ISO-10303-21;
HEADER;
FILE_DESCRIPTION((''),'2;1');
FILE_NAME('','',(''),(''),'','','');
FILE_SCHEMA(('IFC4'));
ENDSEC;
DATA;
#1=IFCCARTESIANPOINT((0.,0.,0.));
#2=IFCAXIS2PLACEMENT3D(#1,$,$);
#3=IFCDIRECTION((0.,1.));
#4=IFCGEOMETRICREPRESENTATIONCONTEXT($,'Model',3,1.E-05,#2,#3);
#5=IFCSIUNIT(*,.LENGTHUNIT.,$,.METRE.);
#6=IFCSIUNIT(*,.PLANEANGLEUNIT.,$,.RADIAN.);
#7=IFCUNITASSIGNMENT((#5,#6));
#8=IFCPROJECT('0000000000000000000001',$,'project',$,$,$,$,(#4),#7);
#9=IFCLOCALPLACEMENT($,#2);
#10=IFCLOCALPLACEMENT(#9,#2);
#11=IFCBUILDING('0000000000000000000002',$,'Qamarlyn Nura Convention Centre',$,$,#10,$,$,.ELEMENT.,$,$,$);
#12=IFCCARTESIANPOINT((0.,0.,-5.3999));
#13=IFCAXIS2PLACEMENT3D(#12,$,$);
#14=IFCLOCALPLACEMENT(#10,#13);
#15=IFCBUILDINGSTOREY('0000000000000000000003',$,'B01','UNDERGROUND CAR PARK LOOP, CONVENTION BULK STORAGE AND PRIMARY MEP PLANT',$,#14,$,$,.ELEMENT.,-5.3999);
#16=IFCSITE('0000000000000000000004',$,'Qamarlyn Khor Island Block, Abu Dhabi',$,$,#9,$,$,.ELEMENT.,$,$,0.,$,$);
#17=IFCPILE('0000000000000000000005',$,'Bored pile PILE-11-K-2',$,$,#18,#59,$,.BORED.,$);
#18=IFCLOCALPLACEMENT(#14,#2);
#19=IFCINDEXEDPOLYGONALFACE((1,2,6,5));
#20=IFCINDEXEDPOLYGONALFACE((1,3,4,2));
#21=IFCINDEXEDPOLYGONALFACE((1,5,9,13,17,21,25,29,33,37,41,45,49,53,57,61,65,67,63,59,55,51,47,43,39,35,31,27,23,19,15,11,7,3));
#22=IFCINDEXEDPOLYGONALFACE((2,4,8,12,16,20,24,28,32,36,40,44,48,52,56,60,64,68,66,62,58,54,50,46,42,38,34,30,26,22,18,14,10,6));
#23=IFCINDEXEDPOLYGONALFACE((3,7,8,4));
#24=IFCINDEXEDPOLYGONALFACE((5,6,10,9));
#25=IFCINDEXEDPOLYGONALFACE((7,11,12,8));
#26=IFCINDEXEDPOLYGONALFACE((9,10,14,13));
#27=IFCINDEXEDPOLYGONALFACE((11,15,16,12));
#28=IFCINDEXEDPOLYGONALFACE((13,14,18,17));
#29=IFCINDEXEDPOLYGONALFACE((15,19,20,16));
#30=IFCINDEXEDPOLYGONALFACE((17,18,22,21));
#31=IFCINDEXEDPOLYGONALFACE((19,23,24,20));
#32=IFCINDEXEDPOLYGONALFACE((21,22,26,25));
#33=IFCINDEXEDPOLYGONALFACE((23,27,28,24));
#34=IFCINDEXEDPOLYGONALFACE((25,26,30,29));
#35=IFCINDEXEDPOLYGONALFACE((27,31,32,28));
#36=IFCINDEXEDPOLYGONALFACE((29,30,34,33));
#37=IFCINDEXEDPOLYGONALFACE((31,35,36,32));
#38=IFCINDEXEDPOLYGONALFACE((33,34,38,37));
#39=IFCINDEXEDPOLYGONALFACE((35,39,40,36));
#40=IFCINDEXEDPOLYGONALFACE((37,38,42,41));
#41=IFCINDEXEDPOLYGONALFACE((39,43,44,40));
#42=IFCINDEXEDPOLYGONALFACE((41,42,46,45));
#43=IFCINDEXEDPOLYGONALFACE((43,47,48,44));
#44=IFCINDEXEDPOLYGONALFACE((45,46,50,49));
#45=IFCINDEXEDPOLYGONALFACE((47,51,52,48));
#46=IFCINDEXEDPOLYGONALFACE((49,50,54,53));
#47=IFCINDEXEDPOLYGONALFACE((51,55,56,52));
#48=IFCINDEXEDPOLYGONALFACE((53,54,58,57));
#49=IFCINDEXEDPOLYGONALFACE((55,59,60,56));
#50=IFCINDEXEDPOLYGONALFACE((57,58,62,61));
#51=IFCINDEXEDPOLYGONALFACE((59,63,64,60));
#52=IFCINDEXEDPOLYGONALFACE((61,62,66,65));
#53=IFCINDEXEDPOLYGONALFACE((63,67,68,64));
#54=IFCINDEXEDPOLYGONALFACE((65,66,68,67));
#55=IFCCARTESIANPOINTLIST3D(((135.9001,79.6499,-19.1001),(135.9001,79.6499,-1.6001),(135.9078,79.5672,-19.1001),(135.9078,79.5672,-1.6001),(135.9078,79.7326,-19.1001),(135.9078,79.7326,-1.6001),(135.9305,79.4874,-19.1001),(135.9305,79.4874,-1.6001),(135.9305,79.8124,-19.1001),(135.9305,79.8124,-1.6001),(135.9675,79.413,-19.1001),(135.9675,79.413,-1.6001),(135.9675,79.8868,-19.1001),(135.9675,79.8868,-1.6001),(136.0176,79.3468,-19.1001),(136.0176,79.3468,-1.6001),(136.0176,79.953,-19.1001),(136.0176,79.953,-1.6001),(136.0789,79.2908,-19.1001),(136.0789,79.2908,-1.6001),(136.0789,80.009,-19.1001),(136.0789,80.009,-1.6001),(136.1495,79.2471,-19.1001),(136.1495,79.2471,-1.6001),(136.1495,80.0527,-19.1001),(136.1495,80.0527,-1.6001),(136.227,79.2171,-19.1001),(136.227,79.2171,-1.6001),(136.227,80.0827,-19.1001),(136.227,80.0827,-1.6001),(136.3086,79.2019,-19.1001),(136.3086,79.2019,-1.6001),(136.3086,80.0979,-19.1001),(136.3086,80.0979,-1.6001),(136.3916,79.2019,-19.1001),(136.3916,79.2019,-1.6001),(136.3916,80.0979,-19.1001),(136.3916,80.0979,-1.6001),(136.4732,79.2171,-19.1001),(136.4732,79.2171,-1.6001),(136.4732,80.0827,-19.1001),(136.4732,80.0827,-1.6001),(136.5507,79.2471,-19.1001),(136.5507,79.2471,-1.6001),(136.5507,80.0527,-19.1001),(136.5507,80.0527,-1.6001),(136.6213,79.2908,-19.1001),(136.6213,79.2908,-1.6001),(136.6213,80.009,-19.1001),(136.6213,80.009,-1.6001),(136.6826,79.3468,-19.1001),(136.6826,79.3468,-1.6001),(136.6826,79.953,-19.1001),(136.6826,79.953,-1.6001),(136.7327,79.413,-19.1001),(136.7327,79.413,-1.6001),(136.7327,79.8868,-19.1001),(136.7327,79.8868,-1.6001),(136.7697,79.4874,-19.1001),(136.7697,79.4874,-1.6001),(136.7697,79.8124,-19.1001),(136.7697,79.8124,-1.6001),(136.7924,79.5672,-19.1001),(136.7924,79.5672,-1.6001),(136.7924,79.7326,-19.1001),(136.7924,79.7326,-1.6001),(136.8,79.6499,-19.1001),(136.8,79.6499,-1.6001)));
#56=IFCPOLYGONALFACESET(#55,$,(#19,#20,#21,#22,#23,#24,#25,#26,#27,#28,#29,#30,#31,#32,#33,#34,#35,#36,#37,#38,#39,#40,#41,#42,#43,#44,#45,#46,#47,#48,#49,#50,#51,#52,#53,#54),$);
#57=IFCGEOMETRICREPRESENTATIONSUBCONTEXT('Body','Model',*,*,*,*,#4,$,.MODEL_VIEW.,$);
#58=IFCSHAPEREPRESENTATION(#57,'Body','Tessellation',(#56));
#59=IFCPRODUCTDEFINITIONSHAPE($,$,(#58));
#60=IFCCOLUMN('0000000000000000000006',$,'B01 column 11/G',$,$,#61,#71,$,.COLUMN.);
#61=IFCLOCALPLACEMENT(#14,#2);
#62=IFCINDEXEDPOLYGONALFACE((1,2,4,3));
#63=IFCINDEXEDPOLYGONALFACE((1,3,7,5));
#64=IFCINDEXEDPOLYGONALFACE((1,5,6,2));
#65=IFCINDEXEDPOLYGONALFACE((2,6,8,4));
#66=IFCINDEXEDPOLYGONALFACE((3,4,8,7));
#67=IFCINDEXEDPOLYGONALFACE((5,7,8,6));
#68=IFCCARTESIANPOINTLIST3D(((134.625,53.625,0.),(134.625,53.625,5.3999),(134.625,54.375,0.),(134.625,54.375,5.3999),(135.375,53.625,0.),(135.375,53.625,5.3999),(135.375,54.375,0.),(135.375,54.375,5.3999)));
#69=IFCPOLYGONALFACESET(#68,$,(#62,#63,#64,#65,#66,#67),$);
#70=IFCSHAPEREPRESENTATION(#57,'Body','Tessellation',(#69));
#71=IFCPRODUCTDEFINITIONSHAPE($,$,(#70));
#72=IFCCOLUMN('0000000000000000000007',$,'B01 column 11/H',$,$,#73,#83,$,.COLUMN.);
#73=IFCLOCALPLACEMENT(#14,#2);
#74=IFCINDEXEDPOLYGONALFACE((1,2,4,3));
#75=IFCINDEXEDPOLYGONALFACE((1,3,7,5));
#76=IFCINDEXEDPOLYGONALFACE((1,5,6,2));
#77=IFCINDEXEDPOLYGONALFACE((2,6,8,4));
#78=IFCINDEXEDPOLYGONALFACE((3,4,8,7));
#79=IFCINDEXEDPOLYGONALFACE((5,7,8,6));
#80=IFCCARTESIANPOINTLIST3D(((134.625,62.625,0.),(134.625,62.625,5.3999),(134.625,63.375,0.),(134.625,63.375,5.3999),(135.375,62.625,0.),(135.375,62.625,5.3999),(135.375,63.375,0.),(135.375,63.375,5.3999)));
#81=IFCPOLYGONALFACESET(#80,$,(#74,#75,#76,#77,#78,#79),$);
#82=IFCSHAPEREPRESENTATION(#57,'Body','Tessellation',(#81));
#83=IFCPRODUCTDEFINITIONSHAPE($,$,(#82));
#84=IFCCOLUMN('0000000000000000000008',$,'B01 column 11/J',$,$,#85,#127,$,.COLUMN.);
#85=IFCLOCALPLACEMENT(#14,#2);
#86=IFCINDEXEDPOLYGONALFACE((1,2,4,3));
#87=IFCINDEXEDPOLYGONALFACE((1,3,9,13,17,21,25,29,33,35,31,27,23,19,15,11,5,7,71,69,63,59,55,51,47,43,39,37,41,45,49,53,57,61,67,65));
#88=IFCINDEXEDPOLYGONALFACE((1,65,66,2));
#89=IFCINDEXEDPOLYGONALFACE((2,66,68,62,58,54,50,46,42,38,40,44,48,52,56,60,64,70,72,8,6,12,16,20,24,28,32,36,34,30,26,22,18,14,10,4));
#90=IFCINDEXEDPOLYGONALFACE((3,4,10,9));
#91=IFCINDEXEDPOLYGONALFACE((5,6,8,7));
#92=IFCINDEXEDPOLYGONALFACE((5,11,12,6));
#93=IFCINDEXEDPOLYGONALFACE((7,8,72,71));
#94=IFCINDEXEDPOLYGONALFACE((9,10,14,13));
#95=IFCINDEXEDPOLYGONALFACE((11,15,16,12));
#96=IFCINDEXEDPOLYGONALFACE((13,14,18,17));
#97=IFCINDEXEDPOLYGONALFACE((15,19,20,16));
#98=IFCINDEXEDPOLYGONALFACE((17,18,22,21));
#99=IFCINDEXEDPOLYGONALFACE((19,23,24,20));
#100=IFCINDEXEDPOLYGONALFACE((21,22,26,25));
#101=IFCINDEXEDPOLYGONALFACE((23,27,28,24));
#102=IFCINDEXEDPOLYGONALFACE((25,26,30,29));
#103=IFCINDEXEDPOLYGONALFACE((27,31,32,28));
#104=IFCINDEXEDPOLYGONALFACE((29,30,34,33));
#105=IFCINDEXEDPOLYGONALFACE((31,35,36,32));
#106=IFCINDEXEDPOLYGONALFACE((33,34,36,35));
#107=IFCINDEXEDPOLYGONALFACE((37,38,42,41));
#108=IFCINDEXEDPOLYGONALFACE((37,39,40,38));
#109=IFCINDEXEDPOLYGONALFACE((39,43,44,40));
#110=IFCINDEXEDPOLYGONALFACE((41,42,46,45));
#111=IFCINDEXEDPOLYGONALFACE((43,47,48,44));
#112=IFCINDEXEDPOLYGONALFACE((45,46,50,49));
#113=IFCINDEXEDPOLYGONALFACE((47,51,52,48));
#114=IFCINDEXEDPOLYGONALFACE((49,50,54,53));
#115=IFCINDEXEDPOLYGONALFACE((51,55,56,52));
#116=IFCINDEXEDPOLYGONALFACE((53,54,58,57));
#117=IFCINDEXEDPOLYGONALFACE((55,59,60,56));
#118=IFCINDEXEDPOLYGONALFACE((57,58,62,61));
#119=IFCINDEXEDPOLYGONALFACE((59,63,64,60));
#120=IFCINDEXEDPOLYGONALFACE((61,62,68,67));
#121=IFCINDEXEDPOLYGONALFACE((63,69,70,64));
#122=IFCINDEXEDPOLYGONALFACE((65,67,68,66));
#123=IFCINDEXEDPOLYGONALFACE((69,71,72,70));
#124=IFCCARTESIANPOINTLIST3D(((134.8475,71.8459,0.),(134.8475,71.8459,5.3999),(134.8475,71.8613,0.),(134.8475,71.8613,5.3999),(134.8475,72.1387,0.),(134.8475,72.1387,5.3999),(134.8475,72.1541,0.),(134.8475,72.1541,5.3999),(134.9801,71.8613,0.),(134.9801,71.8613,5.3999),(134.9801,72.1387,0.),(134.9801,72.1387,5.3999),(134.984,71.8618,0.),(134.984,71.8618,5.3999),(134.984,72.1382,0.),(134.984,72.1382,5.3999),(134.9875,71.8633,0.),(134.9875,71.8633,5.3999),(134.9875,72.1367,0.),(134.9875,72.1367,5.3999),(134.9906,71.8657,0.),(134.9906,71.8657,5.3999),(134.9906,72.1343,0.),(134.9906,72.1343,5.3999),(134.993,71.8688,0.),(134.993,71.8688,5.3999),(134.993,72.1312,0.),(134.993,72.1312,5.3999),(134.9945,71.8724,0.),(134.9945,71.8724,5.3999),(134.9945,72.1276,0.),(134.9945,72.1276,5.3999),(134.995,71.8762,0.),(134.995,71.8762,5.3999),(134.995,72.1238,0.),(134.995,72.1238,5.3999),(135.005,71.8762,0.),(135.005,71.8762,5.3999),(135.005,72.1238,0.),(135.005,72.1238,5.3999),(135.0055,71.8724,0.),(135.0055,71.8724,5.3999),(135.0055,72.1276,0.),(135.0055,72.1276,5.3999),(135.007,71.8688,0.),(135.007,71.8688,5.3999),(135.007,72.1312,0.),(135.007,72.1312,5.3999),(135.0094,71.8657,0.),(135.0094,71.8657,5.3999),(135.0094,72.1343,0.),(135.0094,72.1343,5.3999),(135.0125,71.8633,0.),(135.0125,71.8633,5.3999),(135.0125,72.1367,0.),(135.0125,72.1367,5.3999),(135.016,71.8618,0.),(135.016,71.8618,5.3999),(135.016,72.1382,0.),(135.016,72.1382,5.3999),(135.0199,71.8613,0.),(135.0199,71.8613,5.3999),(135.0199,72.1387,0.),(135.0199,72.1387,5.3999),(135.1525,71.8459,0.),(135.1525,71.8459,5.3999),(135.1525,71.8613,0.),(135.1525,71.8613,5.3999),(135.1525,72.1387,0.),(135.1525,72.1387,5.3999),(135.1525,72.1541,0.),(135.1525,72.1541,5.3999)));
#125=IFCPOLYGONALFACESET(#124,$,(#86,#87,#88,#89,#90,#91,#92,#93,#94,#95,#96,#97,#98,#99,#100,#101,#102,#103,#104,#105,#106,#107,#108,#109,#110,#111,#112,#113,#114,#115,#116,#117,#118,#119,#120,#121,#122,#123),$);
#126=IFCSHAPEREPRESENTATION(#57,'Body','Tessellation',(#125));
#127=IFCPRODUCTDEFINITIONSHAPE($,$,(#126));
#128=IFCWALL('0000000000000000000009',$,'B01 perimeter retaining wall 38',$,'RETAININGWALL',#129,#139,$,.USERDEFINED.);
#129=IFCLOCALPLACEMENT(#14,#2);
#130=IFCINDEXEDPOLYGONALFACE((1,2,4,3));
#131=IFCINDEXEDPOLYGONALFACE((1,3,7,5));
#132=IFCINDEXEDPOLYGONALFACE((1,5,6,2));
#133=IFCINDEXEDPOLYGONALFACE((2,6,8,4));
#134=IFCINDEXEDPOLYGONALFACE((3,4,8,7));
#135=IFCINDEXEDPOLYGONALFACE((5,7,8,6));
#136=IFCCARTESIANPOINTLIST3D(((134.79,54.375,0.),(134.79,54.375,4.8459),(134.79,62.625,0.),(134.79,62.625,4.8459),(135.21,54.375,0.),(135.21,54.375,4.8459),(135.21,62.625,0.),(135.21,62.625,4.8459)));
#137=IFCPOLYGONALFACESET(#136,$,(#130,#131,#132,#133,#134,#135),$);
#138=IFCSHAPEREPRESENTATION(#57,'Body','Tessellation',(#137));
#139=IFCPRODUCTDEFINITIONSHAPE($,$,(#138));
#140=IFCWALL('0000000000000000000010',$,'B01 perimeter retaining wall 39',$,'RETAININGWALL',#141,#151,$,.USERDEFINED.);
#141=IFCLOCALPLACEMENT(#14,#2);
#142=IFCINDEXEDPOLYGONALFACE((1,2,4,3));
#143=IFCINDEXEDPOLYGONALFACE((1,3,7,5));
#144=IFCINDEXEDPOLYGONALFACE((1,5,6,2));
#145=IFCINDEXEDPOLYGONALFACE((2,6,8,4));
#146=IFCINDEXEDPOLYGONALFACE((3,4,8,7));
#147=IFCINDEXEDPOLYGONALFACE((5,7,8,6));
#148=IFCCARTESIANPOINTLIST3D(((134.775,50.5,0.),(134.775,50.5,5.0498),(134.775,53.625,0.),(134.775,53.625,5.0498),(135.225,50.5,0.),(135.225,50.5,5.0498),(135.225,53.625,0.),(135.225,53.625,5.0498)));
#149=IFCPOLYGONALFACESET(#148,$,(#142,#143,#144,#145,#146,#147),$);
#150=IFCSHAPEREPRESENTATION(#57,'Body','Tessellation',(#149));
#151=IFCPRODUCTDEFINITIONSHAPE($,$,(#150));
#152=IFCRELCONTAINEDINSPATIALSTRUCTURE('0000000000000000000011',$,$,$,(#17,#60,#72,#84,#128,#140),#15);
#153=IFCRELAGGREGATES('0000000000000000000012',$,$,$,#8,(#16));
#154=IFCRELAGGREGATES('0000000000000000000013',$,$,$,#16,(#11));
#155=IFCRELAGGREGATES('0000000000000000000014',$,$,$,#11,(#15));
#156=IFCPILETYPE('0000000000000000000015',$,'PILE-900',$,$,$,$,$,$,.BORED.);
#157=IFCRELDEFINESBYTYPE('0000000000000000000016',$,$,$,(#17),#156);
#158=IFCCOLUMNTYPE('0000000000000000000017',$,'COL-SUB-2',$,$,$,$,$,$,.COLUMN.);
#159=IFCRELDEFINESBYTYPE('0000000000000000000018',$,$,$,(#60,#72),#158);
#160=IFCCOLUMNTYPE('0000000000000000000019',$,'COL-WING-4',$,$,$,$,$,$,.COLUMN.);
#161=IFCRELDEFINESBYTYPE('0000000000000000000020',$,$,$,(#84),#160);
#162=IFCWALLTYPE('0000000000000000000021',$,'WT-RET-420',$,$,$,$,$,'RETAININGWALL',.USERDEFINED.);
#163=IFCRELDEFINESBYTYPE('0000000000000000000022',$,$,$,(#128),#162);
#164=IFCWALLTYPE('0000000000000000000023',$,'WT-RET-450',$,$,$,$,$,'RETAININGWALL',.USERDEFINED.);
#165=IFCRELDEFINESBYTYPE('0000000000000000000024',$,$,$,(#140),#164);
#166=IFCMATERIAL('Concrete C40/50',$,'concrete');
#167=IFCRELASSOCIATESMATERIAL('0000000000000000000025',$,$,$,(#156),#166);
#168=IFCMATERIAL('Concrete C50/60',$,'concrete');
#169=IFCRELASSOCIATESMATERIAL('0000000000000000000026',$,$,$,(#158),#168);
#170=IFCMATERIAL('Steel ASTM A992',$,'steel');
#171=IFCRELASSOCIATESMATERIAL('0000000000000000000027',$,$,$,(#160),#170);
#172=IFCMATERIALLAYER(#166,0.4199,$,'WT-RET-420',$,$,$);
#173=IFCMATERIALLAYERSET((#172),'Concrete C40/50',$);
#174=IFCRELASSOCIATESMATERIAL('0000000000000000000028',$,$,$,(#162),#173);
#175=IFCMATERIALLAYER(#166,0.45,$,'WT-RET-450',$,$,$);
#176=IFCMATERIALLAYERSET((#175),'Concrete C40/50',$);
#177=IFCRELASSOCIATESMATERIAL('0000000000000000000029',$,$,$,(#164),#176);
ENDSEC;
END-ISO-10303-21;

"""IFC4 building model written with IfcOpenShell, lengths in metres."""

from ifc_helpers import new_model, si_unit, direction, frame, frame_2d, origin, origin_2d, place, context, subcontext, project, spatial, rectangle, circle, i_section, extrude, material, layer, layer_set, material_profile, profile_set, type_object, element, save


model = new_model("IFC4")

# Units and contexts
model_context = context("Model", 3, precision=1e-05, world=origin(), true_north=direction((0.0, 1.0)))
body_context = subcontext(model_context, "Body", "Model", "MODEL_VIEW")
ifc_project = project(units=[si_unit("LENGTHUNIT", "METRE"), si_unit("PLANEANGLEUNIT", "RADIAN")], contexts=[model_context])

# Site, building, storey
site_placement = place(None, origin())
site = spatial("IfcSite", under=ifc_project, at=site_placement, Name="Qamarlyn Khor Island Block, Abu Dhabi", CompositionType="ELEMENT", RefElevation=0.0)
building_placement = place(site_placement, origin())
building = spatial("IfcBuilding", under=site, at=building_placement, Name="Qamarlyn Nura Convention Centre", CompositionType="ELEMENT")
storey_placement = place(building_placement, frame((0.0, 0.0, -5.3999)))
storey = spatial("IfcBuildingStorey", under=building, at=storey_placement, Name="B01", Description="UNDERGROUND CAR PARK LOOP, CONVENTION BULK STORAGE AND PRIMARY MEP PLANT", CompositionType="ELEMENT", Elevation=-5.3999)

# Shared definitions
ifc_material_1 = material(Name="Concrete C40/50", Category="concrete")

# Pile
ifc_material_profile_1 = material_profile(ifc_material_1, circle(Radius=0.45, at=origin_2d()), Name="BORED PILE 900")
ifc_profile_set_1 = profile_set([ifc_material_profile_1], Name="Concrete C40/50")
pile_type = type_object("IfcPileType", Name="PILE-900", PredefinedType="BORED", material=ifc_profile_set_1)
for number, where, z_axis, x_axis, name in (
    (1, (136.3501, 79.6499, -1.6001), (0.0, 0.0, -1.0), (1.0, 0.0, 0.0), "Bored pile PILE-11-K-2"),
):
    element("IfcPile", number, at=place(storey_placement, frame(where, z_axis=z_axis, x_axis=x_axis)), inside=storey, type_object=pile_type, Name=name, PredefinedType="BORED", context=body_context, shape_type="SweptSolid", body=[
        extrude(circle(Radius=0.45, at=origin_2d()), origin(), (0.0, 0.0, 1.0), 17.5),
    ])

# Columns
ifc_material_2 = material(Name="Concrete C50/60", Category="concrete")
ifc_material_profile_2 = material_profile(ifc_material_2, rectangle(XDim=0.75, YDim=0.75, at=origin_2d()), Name="RC 750x750")
ifc_profile_set_2 = profile_set([ifc_material_profile_2], Name="Concrete C50/60")
column_type_1 = type_object("IfcColumnType", Name="COL-SUB-2", PredefinedType="COLUMN", material=ifc_profile_set_2)
for number, where, z_axis, x_axis, name in (
    (2, (135.0, 54.0, 0.0), (0.0, 0.0, 1.0), (1.0, 0.0, 0.0), "B01 column 11/G"),
    (3, (135.0, 63.0, 0.0), (0.0, 0.0, 1.0), (1.0, 0.0, 0.0), "B01 column 11/H"),
):
    element("IfcColumn", number, at=place(storey_placement, frame(where, z_axis=z_axis, x_axis=x_axis)), inside=storey, type_object=column_type_1, Name=name, PredefinedType="COLUMN", context=body_context, shape_type="SweptSolid", body=[
        extrude(rectangle(XDim=0.75, YDim=0.75, at=origin_2d()), origin(), (0.0, 0.0, 1.0), 5.3999),
    ])
ifc_material_3 = material(Name="Steel ASTM A992", Category="steel")
ifc_material_profile_3 = material_profile(ifc_material_3, i_section(OverallWidth=0.3049, OverallDepth=0.3081, WebThickness=0.01, FlangeThickness=0.0154, FilletRadius=0.0149, at=origin_2d()), Name="W310X97")
ifc_profile_set_3 = profile_set([ifc_material_profile_3], Name="Steel ASTM A992")
column_type_2 = type_object("IfcColumnType", Name="COL-WING-4", PredefinedType="COLUMN", material=ifc_profile_set_3)
column_placement = place(storey_placement, frame((135.0, 72.0, 0.0), z_axis=(0.0, 0.0, 1.0), x_axis=(1.0, 0.0, 0.0)))
element("IfcColumn", 4, at=column_placement, inside=storey, type_object=column_type_2, Name="B01 column 11/J", PredefinedType="COLUMN", context=body_context, shape_type="SweptSolid", body=[
    extrude(i_section(OverallWidth=0.3049, OverallDepth=0.3081, WebThickness=0.01, FlangeThickness=0.0154, FilletRadius=0.0149, at=origin_2d()), origin(), (0.0, 0.0, 1.0), 5.3999),
])

# Walls
ifc_layer_1 = layer(ifc_material_1, 0.4199, Name="WT-RET-420")
ifc_layer_set_1 = layer_set([ifc_layer_1], Name="Concrete C40/50")
wall_type_1 = type_object("IfcWallType", Name="WT-RET-420", ElementType="RETAININGWALL", PredefinedType="USERDEFINED", material=ifc_layer_set_1)
wall_1_placement = place(storey_placement, frame((135.0, 62.625, 0.0), z_axis=(0.0, 0.0, 1.0), x_axis=(0.0, -1.0, 0.0)))
element("IfcWall", 5, at=wall_1_placement, inside=storey, type_object=wall_type_1, Name="B01 perimeter retaining wall 38", ObjectType="RETAININGWALL", PredefinedType="USERDEFINED", context=body_context, shape_type="SweptSolid", body=[
    extrude(rectangle(XDim=8.25, YDim=0.4199, at=frame_2d((4.125, 0.0))), origin(), (0.0, 0.0, 1.0), 4.8459),
])
ifc_layer_2 = layer(ifc_material_1, 0.45, Name="WT-RET-450")
ifc_layer_set_2 = layer_set([ifc_layer_2], Name="Concrete C40/50")
wall_type_2 = type_object("IfcWallType", Name="WT-RET-450", ElementType="RETAININGWALL", PredefinedType="USERDEFINED", material=ifc_layer_set_2)
wall_2_placement = place(storey_placement, frame((135.0, 53.625, 0.0), z_axis=(0.0, 0.0, 1.0), x_axis=(0.0, -1.0, 0.0)))
element("IfcWall", 6, at=wall_2_placement, inside=storey, type_object=wall_type_2, Name="B01 perimeter retaining wall 39", ObjectType="RETAININGWALL", PredefinedType="USERDEFINED", context=body_context, shape_type="SweptSolid", body=[
    extrude(rectangle(XDim=3.125, YDim=0.45, at=frame_2d((1.5625, 0.0))), origin(), (0.0, 0.0, 1.0), 5.0498),
])

save(model, "model.ifc")
